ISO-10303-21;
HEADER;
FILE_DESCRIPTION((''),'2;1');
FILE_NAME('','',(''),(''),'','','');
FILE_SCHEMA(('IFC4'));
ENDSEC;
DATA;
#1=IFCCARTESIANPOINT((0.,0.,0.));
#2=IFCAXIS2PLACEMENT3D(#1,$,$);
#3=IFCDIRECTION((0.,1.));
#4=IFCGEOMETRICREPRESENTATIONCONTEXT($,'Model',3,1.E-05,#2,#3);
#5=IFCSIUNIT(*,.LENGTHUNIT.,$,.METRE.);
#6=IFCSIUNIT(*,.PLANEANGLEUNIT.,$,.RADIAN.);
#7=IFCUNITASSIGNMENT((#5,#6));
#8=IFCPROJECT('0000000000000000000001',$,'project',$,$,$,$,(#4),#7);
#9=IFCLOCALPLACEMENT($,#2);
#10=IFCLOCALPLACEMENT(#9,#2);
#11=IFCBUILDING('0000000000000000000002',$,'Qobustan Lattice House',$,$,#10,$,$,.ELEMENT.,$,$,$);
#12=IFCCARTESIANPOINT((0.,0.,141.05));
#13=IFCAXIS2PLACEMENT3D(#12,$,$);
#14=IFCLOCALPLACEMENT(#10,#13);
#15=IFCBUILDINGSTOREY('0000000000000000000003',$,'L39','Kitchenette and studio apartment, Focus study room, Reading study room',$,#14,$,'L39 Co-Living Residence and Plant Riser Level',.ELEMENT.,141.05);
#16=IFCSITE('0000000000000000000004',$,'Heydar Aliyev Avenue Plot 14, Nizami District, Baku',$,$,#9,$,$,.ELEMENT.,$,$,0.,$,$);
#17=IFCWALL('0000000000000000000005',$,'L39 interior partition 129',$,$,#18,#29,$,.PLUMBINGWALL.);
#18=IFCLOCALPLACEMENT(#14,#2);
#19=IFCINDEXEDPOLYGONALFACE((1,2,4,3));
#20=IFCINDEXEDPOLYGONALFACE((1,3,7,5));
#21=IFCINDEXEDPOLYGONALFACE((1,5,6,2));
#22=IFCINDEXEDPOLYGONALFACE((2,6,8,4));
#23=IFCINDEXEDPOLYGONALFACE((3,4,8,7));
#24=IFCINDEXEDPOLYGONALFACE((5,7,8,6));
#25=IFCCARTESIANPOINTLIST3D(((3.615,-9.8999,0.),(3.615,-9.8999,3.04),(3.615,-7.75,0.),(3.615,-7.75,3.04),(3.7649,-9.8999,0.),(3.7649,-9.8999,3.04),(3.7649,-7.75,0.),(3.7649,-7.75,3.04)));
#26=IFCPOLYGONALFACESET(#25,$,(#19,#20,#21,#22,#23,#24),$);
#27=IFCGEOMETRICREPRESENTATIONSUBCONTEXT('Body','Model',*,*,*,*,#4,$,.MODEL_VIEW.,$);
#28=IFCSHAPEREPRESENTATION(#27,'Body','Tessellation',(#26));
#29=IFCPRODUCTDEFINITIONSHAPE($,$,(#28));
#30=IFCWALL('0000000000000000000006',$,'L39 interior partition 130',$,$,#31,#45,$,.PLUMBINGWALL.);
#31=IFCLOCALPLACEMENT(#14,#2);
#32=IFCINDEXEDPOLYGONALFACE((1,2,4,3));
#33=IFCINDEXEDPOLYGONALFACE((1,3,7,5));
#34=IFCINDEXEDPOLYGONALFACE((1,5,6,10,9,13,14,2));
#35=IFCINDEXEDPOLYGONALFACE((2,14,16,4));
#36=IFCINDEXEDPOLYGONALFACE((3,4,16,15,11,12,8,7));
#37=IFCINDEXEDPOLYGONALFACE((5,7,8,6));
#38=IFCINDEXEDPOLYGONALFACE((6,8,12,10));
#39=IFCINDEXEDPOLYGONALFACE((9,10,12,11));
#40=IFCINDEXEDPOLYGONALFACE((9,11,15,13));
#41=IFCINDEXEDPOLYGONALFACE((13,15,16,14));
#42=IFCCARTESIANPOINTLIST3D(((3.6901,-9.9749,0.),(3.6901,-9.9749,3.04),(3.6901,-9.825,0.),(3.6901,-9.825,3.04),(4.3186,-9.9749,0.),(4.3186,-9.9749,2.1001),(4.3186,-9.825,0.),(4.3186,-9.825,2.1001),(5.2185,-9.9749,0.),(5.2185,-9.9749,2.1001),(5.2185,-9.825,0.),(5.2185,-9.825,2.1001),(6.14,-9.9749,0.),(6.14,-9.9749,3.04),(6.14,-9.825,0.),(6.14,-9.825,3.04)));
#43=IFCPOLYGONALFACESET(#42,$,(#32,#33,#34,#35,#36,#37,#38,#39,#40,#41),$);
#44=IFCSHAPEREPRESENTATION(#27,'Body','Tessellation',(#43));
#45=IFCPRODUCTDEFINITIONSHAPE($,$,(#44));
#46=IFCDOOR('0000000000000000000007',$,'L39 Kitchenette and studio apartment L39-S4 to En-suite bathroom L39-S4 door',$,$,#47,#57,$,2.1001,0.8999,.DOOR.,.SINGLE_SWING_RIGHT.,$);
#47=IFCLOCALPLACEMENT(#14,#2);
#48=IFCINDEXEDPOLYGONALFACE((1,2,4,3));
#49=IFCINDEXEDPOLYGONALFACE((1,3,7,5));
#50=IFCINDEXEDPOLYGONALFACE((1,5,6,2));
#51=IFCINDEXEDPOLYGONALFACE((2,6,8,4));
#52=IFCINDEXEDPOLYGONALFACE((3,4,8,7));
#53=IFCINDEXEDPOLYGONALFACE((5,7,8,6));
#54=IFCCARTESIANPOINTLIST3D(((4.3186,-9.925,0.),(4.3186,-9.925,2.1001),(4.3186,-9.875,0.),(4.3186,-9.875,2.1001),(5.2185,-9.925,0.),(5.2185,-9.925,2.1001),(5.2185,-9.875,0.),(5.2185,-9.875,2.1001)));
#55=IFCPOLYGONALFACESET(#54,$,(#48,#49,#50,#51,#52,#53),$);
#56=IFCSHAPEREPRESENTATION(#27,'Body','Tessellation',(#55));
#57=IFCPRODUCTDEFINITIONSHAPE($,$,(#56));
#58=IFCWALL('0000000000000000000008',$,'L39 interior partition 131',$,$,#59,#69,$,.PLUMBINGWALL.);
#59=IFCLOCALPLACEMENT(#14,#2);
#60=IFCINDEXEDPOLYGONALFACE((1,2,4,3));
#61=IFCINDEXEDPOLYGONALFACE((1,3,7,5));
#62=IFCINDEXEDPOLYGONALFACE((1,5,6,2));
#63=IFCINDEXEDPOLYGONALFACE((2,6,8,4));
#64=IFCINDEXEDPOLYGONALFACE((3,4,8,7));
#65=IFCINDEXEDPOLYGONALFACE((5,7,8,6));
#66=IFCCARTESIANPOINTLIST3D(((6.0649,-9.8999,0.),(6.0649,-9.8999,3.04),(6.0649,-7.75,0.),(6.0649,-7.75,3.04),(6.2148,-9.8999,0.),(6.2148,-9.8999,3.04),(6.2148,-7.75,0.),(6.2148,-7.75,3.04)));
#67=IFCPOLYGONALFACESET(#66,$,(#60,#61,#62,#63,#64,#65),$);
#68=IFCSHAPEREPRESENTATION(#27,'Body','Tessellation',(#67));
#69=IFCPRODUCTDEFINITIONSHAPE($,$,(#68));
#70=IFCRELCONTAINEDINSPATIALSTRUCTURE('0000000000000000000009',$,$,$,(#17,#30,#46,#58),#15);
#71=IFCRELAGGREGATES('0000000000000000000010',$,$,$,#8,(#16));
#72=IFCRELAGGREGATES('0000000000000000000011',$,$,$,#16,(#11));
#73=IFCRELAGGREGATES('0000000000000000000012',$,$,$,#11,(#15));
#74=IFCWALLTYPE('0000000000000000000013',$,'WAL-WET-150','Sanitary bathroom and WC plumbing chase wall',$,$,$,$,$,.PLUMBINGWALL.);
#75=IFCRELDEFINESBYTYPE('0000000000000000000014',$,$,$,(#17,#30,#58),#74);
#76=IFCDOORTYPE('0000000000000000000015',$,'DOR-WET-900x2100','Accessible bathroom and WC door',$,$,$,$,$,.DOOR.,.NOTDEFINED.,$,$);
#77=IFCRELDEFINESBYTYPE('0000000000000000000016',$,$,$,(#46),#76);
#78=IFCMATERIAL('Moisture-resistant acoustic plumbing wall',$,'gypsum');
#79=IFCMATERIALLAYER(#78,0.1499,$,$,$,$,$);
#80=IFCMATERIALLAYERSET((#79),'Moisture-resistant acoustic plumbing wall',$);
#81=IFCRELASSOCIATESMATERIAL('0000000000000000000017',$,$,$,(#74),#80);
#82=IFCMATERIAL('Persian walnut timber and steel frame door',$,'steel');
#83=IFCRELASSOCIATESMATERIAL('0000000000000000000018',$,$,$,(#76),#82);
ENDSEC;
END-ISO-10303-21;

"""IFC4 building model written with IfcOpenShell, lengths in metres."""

from ifc_helpers import new_model, si_unit, direction, frame, frame_2d, origin, place, context, subcontext, project, spatial, rectangle, extrude, material, layer, layer_set, type_object, element, fill, save


model = new_model("IFC4")

# Units and contexts
model_context = context("Model", 3, precision=1e-05, world=origin(), true_north=direction((0.0, 1.0)))
body_context = subcontext(model_context, "Body", "Model", "MODEL_VIEW")
ifc_project = project(units=[si_unit("LENGTHUNIT", "METRE"), si_unit("PLANEANGLEUNIT", "RADIAN")], contexts=[model_context])

# Site, building, storey
site_placement = place(None, origin())
site = spatial("IfcSite", under=ifc_project, at=site_placement, Name="Heydar Aliyev Avenue Plot 14, Nizami District, Baku", CompositionType="ELEMENT", RefElevation=0.0)
building_placement = place(site_placement, origin())
building = spatial("IfcBuilding", under=site, at=building_placement, Name="Qobustan Lattice House", CompositionType="ELEMENT")
storey_placement = place(building_placement, frame((0.0, 0.0, 141.05)))
storey = spatial("IfcBuildingStorey", under=building, at=storey_placement, Name="L39", Description="Kitchenette and studio apartment, Focus study room, Reading study room", LongName="L39 Co-Living Residence and Plant Riser Level", CompositionType="ELEMENT", Elevation=141.05)

# Wall
ifc_material_1 = material(Name="Moisture-resistant acoustic plumbing wall", Category="gypsum")
ifc_layer_1 = layer(ifc_material_1, 0.1499)
ifc_layer_set_1 = layer_set([ifc_layer_1], Name="Moisture-resistant acoustic plumbing wall")
wall_type_1 = type_object("IfcWallType", Name="WAL-WET-150", Description="Sanitary bathroom and WC plumbing chase wall", PredefinedType="PLUMBINGWALL", material=ifc_layer_set_1)
wall_1_placement = place(storey_placement, frame((3.6899, -7.75, 0.0), z_axis=(0.0, 0.0, 1.0), x_axis=(0.0, -1.0, 0.0)))
element("IfcWall", 1, at=wall_1_placement, inside=storey, type_object=wall_type_1, Name="L39 interior partition 129", PredefinedType="PLUMBINGWALL", context=body_context, shape_type="SweptSolid", body=[
    extrude(rectangle(XDim=2.1499, YDim=0.1499, at=frame_2d((1.075, 0.0))), origin(), (0.0, 0.0, 1.0), 3.04),
])

# Wall, opening, door
wall_2_placement = place(storey_placement, frame((3.6899, -9.8999, 0.0), z_axis=(0.0, 0.0, 1.0), x_axis=(1.0, 0.0, 0.0)))
wall_2 = element("IfcWall", 2, at=wall_2_placement, inside=storey, type_object=wall_type_1, Name="L39 interior partition 130", PredefinedType="PLUMBINGWALL", context=body_context, shape_type="SweptSolid", body=[
    extrude(rectangle(XDim=2.45, YDim=0.1499, at=frame_2d((1.2251, 0.0))), origin(), (0.0, 0.0, 1.0), 3.04),
])
opening_1_placement = place(wall_2_placement, frame((0.6287, 0.0, 0.0)))
opening_1 = element("IfcOpeningElement", 3, at=opening_1_placement, cuts=wall_2, PredefinedType="OPENING", context=body_context, shape_type="SweptSolid", body=[
    extrude(rectangle(XDim=0.8999, YDim=2.1001, at=frame_2d((0.45, 1.05))), frame((0.0, 0.085, 0.0), z_axis=(0.0, -1.0, 0.0), x_axis=(1.0, 0.0, 0.0)), (0.0, 0.0, 1.0), 0.1699),
])
ifc_material_2 = material(Name="Persian walnut timber and steel frame door", Category="steel")
door_type_1 = type_object("IfcDoorType", Name="DOR-WET-900x2100", Description="Accessible bathroom and WC door", OperationType="NOTDEFINED", PredefinedType="DOOR", material=ifc_material_2)
door_1_placement = place(opening_1_placement, origin())
door_1 = element("IfcDoor", 4, at=door_1_placement, inside=storey, type_object=door_type_1, Name="L39 Kitchenette and studio apartment L39-S4 to En-suite bathroom L39-S4 door", OperationType="SINGLE_SWING_RIGHT", OverallHeight=2.1001, OverallWidth=0.8999, PredefinedType="DOOR", context=body_context, shape_type="SweptSolid", body=[
    extrude(rectangle(XDim=0.8999, YDim=2.1001, at=frame_2d((0.45, 1.05))), frame((0.0, 0.0249, 0.0), z_axis=(0.0, -1.0, 0.0), x_axis=(1.0, 0.0, 0.0)), (0.0, 0.0, 1.0), 0.05),
])
fill(opening_1, door_1)

# Wall
wall_3_placement = place(storey_placement, frame((6.1399, -9.8999, 0.0), z_axis=(0.0, 0.0, 1.0), x_axis=(0.0, 1.0, 0.0)))
element("IfcWall", 5, at=wall_3_placement, inside=storey, type_object=wall_type_1, Name="L39 interior partition 131", PredefinedType="PLUMBINGWALL", context=body_context, shape_type="SweptSolid", body=[
    extrude(rectangle(XDim=2.1499, YDim=0.1499, at=frame_2d((1.075, 0.0))), origin(), (0.0, 0.0, 1.0), 3.04),
])

save(model, "model.ifc")
